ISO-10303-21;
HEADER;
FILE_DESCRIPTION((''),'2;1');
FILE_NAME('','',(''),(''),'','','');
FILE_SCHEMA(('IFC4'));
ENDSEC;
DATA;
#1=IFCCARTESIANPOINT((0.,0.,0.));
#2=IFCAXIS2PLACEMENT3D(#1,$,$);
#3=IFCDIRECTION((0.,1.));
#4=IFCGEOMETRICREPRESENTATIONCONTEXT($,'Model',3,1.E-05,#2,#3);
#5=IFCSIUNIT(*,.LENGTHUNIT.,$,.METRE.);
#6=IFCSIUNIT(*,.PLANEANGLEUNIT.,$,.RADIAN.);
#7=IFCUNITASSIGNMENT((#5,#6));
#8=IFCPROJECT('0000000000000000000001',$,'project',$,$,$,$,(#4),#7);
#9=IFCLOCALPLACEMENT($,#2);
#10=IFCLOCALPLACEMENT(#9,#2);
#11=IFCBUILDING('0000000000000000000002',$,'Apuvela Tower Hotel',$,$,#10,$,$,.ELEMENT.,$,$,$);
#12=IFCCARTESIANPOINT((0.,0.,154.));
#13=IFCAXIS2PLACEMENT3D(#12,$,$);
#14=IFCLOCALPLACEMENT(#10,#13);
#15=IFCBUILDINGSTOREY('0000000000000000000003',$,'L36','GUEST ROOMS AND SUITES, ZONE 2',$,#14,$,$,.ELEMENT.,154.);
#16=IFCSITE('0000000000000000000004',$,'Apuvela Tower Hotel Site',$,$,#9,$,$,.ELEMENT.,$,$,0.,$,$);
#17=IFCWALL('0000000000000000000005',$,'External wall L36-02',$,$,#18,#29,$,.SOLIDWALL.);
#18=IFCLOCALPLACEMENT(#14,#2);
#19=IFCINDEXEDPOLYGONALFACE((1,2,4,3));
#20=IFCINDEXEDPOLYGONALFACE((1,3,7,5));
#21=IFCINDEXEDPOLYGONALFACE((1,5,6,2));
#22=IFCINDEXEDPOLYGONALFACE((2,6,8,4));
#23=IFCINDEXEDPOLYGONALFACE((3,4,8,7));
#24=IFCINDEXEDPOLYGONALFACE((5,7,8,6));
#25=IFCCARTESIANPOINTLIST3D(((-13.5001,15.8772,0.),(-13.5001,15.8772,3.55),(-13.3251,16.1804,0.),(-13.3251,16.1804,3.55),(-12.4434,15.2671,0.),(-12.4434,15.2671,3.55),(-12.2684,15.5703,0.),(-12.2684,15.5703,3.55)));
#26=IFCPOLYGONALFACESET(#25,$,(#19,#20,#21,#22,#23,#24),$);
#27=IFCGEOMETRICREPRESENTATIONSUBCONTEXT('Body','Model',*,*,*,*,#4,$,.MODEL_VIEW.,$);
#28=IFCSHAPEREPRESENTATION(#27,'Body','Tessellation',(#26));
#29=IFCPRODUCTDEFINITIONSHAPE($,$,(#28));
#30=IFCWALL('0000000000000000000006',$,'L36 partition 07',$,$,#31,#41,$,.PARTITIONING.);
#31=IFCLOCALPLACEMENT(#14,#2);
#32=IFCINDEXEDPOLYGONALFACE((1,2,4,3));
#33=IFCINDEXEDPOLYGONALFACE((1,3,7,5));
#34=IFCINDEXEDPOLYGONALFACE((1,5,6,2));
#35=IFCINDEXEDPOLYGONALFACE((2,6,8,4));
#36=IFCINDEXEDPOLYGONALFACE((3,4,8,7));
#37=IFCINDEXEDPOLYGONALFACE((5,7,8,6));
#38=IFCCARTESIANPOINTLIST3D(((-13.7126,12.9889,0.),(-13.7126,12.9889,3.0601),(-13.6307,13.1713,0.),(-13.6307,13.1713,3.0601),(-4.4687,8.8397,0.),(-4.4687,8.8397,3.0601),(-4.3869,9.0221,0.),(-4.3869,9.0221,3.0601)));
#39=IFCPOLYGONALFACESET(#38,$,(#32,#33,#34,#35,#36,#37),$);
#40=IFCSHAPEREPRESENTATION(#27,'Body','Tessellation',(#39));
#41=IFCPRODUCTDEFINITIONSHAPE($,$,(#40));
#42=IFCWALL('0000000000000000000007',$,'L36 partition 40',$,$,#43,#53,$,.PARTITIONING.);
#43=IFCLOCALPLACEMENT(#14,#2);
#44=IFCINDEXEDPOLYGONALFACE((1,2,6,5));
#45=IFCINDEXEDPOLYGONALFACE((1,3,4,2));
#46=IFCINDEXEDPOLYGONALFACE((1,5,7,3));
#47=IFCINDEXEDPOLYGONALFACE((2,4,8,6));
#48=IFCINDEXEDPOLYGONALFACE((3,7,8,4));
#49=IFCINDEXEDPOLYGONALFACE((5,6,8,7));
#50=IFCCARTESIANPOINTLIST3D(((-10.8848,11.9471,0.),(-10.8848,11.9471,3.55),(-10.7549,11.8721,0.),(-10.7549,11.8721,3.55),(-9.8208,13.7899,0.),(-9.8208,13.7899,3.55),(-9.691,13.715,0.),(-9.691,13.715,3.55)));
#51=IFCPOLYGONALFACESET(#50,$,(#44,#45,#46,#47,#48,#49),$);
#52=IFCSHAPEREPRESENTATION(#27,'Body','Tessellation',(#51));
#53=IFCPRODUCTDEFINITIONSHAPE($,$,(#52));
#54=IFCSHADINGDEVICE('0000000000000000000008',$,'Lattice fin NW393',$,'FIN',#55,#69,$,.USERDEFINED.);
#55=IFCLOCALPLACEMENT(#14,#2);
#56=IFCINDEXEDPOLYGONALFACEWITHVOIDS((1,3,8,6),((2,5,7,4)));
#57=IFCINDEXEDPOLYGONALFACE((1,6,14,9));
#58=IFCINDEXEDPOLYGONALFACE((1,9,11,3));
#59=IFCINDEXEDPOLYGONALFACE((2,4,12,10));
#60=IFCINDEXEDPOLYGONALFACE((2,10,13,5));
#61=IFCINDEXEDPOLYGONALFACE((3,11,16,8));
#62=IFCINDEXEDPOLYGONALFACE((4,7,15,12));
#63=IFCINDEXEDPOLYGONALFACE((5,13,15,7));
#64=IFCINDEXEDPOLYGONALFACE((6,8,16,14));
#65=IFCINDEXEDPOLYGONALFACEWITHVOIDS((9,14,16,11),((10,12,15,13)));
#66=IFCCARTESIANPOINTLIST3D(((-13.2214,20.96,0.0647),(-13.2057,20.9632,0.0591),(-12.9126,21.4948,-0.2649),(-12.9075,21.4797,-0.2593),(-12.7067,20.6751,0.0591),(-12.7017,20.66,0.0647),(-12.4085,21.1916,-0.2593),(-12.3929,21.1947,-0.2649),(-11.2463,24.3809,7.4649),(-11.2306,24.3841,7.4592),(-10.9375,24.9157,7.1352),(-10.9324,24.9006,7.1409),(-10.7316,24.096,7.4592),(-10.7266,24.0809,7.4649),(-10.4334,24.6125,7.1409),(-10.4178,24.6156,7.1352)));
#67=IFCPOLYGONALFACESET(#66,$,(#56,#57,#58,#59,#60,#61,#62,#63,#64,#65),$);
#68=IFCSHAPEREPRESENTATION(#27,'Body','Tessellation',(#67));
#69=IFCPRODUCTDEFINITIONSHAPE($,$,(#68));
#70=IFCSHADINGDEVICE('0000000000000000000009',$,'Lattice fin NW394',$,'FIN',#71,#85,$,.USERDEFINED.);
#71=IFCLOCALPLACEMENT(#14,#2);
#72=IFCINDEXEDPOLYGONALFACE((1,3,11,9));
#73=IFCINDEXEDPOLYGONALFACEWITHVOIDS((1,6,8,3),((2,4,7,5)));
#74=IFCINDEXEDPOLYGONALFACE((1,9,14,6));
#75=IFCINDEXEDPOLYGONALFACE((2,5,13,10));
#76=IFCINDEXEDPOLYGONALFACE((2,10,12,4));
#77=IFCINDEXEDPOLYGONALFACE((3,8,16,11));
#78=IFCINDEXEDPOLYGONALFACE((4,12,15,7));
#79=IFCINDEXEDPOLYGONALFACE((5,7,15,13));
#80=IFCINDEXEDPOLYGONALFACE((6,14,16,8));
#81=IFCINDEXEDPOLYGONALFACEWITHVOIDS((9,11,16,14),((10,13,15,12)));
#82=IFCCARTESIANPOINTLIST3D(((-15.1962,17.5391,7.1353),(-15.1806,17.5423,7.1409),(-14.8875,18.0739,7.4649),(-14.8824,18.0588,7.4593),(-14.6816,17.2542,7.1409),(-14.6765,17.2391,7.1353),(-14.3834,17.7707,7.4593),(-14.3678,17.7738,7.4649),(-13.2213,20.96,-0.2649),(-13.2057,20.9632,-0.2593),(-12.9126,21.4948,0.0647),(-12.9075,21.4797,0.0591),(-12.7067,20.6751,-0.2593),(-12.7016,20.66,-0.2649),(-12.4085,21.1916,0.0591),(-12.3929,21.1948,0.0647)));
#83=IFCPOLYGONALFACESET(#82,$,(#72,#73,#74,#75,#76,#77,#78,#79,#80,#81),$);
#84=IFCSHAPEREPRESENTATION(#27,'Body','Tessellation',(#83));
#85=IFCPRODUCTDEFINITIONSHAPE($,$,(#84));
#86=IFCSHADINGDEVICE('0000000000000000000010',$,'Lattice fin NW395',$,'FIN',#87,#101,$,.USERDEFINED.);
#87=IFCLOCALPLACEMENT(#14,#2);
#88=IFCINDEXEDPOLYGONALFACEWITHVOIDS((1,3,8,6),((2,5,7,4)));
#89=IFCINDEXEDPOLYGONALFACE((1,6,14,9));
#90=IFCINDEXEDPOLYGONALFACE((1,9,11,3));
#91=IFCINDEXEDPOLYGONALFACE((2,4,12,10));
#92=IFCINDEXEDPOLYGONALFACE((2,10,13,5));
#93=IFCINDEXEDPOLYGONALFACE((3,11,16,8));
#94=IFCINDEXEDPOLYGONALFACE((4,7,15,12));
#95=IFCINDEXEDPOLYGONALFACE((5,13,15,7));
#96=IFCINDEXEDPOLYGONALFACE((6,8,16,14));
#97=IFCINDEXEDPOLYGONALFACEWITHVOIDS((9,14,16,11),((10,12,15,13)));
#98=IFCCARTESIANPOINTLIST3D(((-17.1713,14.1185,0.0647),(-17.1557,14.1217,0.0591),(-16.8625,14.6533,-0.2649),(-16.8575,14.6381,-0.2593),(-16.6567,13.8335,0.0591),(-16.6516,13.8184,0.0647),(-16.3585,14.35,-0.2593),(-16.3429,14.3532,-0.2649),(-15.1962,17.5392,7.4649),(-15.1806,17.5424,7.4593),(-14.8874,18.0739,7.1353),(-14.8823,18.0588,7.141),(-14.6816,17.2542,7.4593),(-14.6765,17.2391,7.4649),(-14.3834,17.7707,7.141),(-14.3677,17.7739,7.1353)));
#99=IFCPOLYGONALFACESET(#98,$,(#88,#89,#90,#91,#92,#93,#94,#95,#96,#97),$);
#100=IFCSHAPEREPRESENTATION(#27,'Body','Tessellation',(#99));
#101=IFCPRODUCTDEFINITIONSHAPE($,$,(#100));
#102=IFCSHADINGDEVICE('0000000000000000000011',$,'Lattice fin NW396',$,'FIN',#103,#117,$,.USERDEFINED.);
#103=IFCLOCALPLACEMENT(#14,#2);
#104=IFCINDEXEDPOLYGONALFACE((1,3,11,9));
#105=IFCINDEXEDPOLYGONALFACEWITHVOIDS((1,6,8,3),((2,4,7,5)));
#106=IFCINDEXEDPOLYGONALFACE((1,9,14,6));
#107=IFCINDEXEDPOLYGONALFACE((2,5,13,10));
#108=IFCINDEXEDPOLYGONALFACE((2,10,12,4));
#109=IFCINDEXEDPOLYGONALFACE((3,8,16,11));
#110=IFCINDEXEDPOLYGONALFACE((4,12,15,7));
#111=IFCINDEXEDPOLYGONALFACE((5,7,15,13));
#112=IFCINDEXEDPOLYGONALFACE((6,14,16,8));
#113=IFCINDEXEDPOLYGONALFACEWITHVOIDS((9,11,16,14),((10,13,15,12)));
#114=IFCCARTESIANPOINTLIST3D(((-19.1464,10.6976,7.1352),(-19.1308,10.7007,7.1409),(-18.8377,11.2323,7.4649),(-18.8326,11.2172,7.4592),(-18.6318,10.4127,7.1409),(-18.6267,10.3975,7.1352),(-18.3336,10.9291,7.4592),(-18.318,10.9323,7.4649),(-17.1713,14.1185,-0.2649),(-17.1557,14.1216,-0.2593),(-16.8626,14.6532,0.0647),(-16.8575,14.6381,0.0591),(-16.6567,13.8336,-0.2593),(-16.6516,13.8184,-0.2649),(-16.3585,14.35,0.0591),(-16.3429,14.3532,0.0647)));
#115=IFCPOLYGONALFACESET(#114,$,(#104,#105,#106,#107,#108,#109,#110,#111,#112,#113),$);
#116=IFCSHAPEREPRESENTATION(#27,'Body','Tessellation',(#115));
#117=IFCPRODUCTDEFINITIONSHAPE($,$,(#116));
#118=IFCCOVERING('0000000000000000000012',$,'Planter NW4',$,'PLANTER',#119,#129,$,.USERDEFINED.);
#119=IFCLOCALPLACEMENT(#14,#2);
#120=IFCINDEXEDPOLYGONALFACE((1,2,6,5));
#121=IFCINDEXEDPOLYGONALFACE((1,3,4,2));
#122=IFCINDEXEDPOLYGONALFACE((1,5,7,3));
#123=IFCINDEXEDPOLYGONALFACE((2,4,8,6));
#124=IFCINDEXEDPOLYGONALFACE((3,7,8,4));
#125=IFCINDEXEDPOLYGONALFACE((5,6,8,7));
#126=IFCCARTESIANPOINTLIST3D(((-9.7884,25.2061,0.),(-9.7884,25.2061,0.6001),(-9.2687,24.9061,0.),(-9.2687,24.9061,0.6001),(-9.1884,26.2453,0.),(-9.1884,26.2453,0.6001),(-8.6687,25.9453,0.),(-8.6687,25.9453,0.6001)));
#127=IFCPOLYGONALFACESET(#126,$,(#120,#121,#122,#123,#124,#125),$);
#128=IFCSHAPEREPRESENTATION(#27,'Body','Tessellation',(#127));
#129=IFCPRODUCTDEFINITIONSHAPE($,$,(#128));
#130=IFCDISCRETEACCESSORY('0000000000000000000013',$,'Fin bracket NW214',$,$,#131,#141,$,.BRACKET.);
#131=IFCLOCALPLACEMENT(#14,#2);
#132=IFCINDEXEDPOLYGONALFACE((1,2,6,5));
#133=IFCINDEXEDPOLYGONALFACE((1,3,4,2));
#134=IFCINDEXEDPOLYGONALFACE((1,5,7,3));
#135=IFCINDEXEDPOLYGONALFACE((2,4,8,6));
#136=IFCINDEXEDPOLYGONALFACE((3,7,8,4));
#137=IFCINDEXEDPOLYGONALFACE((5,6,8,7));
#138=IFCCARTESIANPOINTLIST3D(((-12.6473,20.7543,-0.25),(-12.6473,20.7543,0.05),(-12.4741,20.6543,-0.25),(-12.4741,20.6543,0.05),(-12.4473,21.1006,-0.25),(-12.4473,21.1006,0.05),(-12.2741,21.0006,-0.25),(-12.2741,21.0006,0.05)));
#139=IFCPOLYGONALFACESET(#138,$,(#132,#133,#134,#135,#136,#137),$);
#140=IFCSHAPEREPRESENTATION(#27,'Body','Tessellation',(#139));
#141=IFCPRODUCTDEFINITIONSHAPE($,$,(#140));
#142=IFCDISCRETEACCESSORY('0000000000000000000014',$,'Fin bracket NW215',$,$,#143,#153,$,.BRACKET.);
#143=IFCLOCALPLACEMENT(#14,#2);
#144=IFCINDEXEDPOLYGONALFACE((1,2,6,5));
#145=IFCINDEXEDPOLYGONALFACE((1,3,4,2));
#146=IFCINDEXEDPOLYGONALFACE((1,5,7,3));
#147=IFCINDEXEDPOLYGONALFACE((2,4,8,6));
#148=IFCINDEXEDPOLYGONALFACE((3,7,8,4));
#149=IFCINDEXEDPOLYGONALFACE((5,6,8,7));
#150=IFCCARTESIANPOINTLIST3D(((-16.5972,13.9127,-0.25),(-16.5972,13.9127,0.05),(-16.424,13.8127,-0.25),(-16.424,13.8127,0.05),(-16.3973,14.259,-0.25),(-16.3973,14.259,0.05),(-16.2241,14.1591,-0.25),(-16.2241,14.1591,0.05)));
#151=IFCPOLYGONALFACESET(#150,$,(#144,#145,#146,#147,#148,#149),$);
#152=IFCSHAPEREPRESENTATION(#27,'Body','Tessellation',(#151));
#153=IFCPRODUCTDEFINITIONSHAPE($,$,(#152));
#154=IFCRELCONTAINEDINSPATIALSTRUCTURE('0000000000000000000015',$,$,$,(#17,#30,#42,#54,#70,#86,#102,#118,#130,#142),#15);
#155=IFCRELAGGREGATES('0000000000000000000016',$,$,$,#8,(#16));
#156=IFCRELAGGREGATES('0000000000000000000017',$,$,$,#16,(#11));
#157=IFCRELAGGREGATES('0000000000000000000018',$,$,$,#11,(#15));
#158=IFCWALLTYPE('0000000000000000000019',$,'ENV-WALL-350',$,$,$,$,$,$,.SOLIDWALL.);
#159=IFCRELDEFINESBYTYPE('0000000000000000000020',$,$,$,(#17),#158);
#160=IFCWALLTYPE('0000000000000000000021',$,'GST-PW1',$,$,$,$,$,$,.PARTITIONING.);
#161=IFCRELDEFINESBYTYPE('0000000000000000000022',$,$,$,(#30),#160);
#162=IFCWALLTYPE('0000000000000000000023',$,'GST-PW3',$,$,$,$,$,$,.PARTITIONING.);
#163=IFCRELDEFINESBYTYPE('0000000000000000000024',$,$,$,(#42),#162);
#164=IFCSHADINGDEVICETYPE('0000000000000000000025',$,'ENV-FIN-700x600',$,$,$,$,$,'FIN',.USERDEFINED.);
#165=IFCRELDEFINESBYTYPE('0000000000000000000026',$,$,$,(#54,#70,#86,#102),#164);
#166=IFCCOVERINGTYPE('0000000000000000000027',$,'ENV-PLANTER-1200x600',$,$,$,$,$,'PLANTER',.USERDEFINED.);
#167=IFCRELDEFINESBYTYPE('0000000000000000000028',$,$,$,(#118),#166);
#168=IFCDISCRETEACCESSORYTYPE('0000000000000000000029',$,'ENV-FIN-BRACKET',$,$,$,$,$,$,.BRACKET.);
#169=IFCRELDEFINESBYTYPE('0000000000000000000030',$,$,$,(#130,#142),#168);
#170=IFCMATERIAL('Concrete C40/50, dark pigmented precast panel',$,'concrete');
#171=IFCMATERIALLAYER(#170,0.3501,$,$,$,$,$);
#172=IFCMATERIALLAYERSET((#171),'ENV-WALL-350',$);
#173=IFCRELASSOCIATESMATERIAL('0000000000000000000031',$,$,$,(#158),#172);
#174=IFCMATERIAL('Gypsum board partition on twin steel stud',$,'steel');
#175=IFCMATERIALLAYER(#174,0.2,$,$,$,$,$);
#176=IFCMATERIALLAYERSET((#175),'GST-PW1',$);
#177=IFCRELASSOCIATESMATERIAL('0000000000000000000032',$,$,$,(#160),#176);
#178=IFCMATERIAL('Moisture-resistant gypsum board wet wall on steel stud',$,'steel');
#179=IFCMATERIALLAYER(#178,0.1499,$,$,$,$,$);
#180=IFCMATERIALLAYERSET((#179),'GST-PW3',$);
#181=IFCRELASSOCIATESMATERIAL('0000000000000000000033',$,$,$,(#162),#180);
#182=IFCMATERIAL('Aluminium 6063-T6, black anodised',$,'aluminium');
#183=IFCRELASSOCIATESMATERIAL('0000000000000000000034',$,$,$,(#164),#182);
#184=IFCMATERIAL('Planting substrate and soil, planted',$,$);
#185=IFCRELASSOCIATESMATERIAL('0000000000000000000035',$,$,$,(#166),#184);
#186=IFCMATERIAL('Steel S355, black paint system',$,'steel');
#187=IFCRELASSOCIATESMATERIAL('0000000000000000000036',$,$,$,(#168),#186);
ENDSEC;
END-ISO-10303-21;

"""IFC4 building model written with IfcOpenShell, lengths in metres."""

from ifc_helpers import new_model, si_unit, direction, frame, frame_2d, origin, origin_2d, place, context, subcontext, project, spatial, rectangle, hollow_rectangle, extrude, material, layer, layer_set, material_profile, profile_set, type_object, element, save


model = new_model("IFC4")

# Units and contexts
model_context = context("Model", 3, precision=1e-05, world=origin(), true_north=direction((0.0, 1.0)))
body_context = subcontext(model_context, "Body", "Model", "MODEL_VIEW")
ifc_project = project(units=[si_unit("LENGTHUNIT", "METRE"), si_unit("PLANEANGLEUNIT", "RADIAN")], contexts=[model_context])

# Site, building, storey
site_placement = place(None, origin())
site = spatial("IfcSite", under=ifc_project, at=site_placement, Name="Apuvela Tower Hotel Site", CompositionType="ELEMENT", RefElevation=0.0)
building_placement = place(site_placement, origin())
building = spatial("IfcBuilding", under=site, at=building_placement, Name="Apuvela Tower Hotel", CompositionType="ELEMENT")
storey_placement = place(building_placement, frame((0.0, 0.0, 154.0)))
storey = spatial("IfcBuildingStorey", under=building, at=storey_placement, Name="L36", Description="GUEST ROOMS AND SUITES, ZONE 2", CompositionType="ELEMENT", Elevation=154.0)

# Wall
ifc_material_1 = material(Name="Concrete C40/50, dark pigmented precast panel", Category="concrete")
ifc_layer_1 = layer(ifc_material_1, 0.3501)
ifc_layer_set_1 = layer_set([ifc_layer_1], Name="ENV-WALL-350")
wall_type_1 = type_object("IfcWallType", Name="ENV-WALL-350", PredefinedType="SOLIDWALL", material=ifc_layer_set_1)
wall_1_placement = place(storey_placement, frame((-13.4126, 16.0288, 0.0), z_axis=(0.0, 0.0, 1.0), x_axis=(0.866006, -0.500034, 0.0)))
element("IfcWall", 1, at=wall_1_placement, inside=storey, type_object=wall_type_1, Name="External wall L36-02", PredefinedType="SOLIDWALL", context=body_context, shape_type="SweptSolid", body=[
    extrude(rectangle(XDim=1.2202, YDim=0.3501, at=frame_2d((0.6101, 0.0))), origin(), (0.0, 0.0, 1.0), 3.55),
])

# Walls
ifc_material_2 = material(Name="Gypsum board partition on twin steel stud", Category="steel")
ifc_layer_2 = layer(ifc_material_2, 0.2)
ifc_layer_set_2 = layer_set([ifc_layer_2], Name="GST-PW1")
wall_type_2 = type_object("IfcWallType", Name="GST-PW1", PredefinedType="PARTITIONING", material=ifc_layer_set_2)
wall_2_placement = place(storey_placement, frame((-13.6716, 13.0801, 0.0), z_axis=(0.0, 0.0, 1.0), x_axis=(0.912312, -0.409496, 0.0)))
element("IfcWall", 2, at=wall_2_placement, inside=storey, type_object=wall_type_2, Name="L36 partition 07", PredefinedType="PARTITIONING", context=body_context, shape_type="SweptSolid", body=[
    extrude(rectangle(XDim=10.1323, YDim=0.2, at=frame_2d((5.0662, 0.0))), origin(), (0.0, 0.0, 1.0), 3.0601),
])
ifc_material_3 = material(Name="Moisture-resistant gypsum board wet wall on steel stud", Category="steel")
ifc_layer_3 = layer(ifc_material_3, 0.1499)
ifc_layer_set_3 = layer_set([ifc_layer_3], Name="GST-PW3")
wall_type_3 = type_object("IfcWallType", Name="GST-PW3", PredefinedType="PARTITIONING", material=ifc_layer_set_3)
wall_3_placement = place(storey_placement, frame((-9.7559, 13.7524, 0.0), z_axis=(0.0, 0.0, 1.0), x_axis=(-0.500014, -0.866017, 0.0)))
element("IfcWall", 3, at=wall_3_placement, inside=storey, type_object=wall_type_3, Name="L36 partition 40", PredefinedType="PARTITIONING", context=body_context, shape_type="SweptSolid", body=[
    extrude(rectangle(XDim=2.1279, YDim=0.1499, at=frame_2d((1.064, 0.0))), origin(), (0.0, 0.0, 1.0), 3.55),
])

# Shading devices
ifc_material_4 = material(Name="Aluminium 6063-T6, black anodised", Category="aluminium")
ifc_material_profile_1 = material_profile(ifc_material_4, hollow_rectangle(XDim=0.6001, YDim=0.7, WallThickness=0.012, at=origin_2d()), Name="AL BOX 700x600x12")
ifc_profile_set_1 = profile_set([ifc_material_profile_1], Name="Aluminium 6063-T6, black anodised")
shading_device_type = type_object("IfcShadingDeviceType", Name="ENV-FIN-700x600", ElementType="FIN", PredefinedType="USERDEFINED", material=ifc_profile_set_1)
for number, where, z_axis, x_axis, name in (
    (4, (-12.8071, 21.0774, -0.1001), (0.235455, 0.407812, 0.882185), (-0.866021, 0.500008, 0.0), "Lattice fin NW393"),
    (5, (-12.8071, 21.0774, -0.1001), (-0.235428, -0.407814, 0.882191), (0.866048, -0.499961, 0.0), "Lattice fin NW394"),
    (6, (-16.7571, 14.2358, -0.1001), (0.235458, 0.407787, 0.882196), (-0.866005, 0.500035, 0.0), "Lattice fin NW395"),
    (7, (-16.7571, 14.2358, -0.1001), (-0.235455, -0.407812, 0.882185), (0.866021, -0.500008, 0.0), "Lattice fin NW396"),
):
    element("IfcShadingDevice", number, at=place(storey_placement, frame(where, z_axis=z_axis, x_axis=x_axis)), inside=storey, type_object=shading_device_type, Name=name, ObjectType="FIN", PredefinedType="USERDEFINED", context=body_context, shape_type="SweptSolid", body=[
        extrude(hollow_rectangle(XDim=0.6001, YDim=0.7, WallThickness=0.012, at=origin_2d()), origin(), (0.0, 0.0, 1.0), 8.3884),
    ])

# Covering
ifc_material_5 = material(Name="Planting substrate and soil, planted")
covering_type = type_object("IfcCoveringType", Name="ENV-PLANTER-1200x600", ElementType="PLANTER", PredefinedType="USERDEFINED", material=ifc_material_5)
covering_placement = place(storey_placement, frame((-9.2285, 25.5757, 0.0), z_axis=(0.0, 0.0, 1.0), x_axis=(-0.5, -0.866025, 0.0)))
element("IfcCovering", 8, at=covering_placement, inside=storey, type_object=covering_type, Name="Planter NW4", ObjectType="PLANTER", PredefinedType="USERDEFINED", context=body_context, shape_type="SweptSolid", body=[
    extrude(rectangle(XDim=1.2, YDim=0.6001, at=origin_2d()), origin(), (0.0, 0.0, 1.0), 0.6001),
])

# Discrete accessories
ifc_material_6 = material(Name="Steel S355, black paint system", Category="steel")
discrete_accessory_type = type_object("IfcDiscreteAccessoryType", Name="ENV-FIN-BRACKET", PredefinedType="BRACKET", material=ifc_material_6)
for number, where, z_axis, x_axis, name in (
    (9, (-12.4607, 20.8774, -0.25), (0.0, 0.0, 1.0), (-0.5, -0.866025, 0.0), "Fin bracket NW214"),
    (10, (-16.4106, 14.0359, -0.25), (0.0, 0.0, 1.0), (-0.5, -0.866025, 0.0), "Fin bracket NW215"),
):
    element("IfcDiscreteAccessory", number, at=place(storey_placement, frame(where, z_axis=z_axis, x_axis=x_axis)), inside=storey, type_object=discrete_accessory_type, Name=name, PredefinedType="BRACKET", context=body_context, shape_type="SweptSolid", body=[
        extrude(rectangle(XDim=0.3999, YDim=0.2, at=origin_2d()), origin(), (0.0, 0.0, 1.0), 0.3),
    ])

save(model, "model.ifc")
